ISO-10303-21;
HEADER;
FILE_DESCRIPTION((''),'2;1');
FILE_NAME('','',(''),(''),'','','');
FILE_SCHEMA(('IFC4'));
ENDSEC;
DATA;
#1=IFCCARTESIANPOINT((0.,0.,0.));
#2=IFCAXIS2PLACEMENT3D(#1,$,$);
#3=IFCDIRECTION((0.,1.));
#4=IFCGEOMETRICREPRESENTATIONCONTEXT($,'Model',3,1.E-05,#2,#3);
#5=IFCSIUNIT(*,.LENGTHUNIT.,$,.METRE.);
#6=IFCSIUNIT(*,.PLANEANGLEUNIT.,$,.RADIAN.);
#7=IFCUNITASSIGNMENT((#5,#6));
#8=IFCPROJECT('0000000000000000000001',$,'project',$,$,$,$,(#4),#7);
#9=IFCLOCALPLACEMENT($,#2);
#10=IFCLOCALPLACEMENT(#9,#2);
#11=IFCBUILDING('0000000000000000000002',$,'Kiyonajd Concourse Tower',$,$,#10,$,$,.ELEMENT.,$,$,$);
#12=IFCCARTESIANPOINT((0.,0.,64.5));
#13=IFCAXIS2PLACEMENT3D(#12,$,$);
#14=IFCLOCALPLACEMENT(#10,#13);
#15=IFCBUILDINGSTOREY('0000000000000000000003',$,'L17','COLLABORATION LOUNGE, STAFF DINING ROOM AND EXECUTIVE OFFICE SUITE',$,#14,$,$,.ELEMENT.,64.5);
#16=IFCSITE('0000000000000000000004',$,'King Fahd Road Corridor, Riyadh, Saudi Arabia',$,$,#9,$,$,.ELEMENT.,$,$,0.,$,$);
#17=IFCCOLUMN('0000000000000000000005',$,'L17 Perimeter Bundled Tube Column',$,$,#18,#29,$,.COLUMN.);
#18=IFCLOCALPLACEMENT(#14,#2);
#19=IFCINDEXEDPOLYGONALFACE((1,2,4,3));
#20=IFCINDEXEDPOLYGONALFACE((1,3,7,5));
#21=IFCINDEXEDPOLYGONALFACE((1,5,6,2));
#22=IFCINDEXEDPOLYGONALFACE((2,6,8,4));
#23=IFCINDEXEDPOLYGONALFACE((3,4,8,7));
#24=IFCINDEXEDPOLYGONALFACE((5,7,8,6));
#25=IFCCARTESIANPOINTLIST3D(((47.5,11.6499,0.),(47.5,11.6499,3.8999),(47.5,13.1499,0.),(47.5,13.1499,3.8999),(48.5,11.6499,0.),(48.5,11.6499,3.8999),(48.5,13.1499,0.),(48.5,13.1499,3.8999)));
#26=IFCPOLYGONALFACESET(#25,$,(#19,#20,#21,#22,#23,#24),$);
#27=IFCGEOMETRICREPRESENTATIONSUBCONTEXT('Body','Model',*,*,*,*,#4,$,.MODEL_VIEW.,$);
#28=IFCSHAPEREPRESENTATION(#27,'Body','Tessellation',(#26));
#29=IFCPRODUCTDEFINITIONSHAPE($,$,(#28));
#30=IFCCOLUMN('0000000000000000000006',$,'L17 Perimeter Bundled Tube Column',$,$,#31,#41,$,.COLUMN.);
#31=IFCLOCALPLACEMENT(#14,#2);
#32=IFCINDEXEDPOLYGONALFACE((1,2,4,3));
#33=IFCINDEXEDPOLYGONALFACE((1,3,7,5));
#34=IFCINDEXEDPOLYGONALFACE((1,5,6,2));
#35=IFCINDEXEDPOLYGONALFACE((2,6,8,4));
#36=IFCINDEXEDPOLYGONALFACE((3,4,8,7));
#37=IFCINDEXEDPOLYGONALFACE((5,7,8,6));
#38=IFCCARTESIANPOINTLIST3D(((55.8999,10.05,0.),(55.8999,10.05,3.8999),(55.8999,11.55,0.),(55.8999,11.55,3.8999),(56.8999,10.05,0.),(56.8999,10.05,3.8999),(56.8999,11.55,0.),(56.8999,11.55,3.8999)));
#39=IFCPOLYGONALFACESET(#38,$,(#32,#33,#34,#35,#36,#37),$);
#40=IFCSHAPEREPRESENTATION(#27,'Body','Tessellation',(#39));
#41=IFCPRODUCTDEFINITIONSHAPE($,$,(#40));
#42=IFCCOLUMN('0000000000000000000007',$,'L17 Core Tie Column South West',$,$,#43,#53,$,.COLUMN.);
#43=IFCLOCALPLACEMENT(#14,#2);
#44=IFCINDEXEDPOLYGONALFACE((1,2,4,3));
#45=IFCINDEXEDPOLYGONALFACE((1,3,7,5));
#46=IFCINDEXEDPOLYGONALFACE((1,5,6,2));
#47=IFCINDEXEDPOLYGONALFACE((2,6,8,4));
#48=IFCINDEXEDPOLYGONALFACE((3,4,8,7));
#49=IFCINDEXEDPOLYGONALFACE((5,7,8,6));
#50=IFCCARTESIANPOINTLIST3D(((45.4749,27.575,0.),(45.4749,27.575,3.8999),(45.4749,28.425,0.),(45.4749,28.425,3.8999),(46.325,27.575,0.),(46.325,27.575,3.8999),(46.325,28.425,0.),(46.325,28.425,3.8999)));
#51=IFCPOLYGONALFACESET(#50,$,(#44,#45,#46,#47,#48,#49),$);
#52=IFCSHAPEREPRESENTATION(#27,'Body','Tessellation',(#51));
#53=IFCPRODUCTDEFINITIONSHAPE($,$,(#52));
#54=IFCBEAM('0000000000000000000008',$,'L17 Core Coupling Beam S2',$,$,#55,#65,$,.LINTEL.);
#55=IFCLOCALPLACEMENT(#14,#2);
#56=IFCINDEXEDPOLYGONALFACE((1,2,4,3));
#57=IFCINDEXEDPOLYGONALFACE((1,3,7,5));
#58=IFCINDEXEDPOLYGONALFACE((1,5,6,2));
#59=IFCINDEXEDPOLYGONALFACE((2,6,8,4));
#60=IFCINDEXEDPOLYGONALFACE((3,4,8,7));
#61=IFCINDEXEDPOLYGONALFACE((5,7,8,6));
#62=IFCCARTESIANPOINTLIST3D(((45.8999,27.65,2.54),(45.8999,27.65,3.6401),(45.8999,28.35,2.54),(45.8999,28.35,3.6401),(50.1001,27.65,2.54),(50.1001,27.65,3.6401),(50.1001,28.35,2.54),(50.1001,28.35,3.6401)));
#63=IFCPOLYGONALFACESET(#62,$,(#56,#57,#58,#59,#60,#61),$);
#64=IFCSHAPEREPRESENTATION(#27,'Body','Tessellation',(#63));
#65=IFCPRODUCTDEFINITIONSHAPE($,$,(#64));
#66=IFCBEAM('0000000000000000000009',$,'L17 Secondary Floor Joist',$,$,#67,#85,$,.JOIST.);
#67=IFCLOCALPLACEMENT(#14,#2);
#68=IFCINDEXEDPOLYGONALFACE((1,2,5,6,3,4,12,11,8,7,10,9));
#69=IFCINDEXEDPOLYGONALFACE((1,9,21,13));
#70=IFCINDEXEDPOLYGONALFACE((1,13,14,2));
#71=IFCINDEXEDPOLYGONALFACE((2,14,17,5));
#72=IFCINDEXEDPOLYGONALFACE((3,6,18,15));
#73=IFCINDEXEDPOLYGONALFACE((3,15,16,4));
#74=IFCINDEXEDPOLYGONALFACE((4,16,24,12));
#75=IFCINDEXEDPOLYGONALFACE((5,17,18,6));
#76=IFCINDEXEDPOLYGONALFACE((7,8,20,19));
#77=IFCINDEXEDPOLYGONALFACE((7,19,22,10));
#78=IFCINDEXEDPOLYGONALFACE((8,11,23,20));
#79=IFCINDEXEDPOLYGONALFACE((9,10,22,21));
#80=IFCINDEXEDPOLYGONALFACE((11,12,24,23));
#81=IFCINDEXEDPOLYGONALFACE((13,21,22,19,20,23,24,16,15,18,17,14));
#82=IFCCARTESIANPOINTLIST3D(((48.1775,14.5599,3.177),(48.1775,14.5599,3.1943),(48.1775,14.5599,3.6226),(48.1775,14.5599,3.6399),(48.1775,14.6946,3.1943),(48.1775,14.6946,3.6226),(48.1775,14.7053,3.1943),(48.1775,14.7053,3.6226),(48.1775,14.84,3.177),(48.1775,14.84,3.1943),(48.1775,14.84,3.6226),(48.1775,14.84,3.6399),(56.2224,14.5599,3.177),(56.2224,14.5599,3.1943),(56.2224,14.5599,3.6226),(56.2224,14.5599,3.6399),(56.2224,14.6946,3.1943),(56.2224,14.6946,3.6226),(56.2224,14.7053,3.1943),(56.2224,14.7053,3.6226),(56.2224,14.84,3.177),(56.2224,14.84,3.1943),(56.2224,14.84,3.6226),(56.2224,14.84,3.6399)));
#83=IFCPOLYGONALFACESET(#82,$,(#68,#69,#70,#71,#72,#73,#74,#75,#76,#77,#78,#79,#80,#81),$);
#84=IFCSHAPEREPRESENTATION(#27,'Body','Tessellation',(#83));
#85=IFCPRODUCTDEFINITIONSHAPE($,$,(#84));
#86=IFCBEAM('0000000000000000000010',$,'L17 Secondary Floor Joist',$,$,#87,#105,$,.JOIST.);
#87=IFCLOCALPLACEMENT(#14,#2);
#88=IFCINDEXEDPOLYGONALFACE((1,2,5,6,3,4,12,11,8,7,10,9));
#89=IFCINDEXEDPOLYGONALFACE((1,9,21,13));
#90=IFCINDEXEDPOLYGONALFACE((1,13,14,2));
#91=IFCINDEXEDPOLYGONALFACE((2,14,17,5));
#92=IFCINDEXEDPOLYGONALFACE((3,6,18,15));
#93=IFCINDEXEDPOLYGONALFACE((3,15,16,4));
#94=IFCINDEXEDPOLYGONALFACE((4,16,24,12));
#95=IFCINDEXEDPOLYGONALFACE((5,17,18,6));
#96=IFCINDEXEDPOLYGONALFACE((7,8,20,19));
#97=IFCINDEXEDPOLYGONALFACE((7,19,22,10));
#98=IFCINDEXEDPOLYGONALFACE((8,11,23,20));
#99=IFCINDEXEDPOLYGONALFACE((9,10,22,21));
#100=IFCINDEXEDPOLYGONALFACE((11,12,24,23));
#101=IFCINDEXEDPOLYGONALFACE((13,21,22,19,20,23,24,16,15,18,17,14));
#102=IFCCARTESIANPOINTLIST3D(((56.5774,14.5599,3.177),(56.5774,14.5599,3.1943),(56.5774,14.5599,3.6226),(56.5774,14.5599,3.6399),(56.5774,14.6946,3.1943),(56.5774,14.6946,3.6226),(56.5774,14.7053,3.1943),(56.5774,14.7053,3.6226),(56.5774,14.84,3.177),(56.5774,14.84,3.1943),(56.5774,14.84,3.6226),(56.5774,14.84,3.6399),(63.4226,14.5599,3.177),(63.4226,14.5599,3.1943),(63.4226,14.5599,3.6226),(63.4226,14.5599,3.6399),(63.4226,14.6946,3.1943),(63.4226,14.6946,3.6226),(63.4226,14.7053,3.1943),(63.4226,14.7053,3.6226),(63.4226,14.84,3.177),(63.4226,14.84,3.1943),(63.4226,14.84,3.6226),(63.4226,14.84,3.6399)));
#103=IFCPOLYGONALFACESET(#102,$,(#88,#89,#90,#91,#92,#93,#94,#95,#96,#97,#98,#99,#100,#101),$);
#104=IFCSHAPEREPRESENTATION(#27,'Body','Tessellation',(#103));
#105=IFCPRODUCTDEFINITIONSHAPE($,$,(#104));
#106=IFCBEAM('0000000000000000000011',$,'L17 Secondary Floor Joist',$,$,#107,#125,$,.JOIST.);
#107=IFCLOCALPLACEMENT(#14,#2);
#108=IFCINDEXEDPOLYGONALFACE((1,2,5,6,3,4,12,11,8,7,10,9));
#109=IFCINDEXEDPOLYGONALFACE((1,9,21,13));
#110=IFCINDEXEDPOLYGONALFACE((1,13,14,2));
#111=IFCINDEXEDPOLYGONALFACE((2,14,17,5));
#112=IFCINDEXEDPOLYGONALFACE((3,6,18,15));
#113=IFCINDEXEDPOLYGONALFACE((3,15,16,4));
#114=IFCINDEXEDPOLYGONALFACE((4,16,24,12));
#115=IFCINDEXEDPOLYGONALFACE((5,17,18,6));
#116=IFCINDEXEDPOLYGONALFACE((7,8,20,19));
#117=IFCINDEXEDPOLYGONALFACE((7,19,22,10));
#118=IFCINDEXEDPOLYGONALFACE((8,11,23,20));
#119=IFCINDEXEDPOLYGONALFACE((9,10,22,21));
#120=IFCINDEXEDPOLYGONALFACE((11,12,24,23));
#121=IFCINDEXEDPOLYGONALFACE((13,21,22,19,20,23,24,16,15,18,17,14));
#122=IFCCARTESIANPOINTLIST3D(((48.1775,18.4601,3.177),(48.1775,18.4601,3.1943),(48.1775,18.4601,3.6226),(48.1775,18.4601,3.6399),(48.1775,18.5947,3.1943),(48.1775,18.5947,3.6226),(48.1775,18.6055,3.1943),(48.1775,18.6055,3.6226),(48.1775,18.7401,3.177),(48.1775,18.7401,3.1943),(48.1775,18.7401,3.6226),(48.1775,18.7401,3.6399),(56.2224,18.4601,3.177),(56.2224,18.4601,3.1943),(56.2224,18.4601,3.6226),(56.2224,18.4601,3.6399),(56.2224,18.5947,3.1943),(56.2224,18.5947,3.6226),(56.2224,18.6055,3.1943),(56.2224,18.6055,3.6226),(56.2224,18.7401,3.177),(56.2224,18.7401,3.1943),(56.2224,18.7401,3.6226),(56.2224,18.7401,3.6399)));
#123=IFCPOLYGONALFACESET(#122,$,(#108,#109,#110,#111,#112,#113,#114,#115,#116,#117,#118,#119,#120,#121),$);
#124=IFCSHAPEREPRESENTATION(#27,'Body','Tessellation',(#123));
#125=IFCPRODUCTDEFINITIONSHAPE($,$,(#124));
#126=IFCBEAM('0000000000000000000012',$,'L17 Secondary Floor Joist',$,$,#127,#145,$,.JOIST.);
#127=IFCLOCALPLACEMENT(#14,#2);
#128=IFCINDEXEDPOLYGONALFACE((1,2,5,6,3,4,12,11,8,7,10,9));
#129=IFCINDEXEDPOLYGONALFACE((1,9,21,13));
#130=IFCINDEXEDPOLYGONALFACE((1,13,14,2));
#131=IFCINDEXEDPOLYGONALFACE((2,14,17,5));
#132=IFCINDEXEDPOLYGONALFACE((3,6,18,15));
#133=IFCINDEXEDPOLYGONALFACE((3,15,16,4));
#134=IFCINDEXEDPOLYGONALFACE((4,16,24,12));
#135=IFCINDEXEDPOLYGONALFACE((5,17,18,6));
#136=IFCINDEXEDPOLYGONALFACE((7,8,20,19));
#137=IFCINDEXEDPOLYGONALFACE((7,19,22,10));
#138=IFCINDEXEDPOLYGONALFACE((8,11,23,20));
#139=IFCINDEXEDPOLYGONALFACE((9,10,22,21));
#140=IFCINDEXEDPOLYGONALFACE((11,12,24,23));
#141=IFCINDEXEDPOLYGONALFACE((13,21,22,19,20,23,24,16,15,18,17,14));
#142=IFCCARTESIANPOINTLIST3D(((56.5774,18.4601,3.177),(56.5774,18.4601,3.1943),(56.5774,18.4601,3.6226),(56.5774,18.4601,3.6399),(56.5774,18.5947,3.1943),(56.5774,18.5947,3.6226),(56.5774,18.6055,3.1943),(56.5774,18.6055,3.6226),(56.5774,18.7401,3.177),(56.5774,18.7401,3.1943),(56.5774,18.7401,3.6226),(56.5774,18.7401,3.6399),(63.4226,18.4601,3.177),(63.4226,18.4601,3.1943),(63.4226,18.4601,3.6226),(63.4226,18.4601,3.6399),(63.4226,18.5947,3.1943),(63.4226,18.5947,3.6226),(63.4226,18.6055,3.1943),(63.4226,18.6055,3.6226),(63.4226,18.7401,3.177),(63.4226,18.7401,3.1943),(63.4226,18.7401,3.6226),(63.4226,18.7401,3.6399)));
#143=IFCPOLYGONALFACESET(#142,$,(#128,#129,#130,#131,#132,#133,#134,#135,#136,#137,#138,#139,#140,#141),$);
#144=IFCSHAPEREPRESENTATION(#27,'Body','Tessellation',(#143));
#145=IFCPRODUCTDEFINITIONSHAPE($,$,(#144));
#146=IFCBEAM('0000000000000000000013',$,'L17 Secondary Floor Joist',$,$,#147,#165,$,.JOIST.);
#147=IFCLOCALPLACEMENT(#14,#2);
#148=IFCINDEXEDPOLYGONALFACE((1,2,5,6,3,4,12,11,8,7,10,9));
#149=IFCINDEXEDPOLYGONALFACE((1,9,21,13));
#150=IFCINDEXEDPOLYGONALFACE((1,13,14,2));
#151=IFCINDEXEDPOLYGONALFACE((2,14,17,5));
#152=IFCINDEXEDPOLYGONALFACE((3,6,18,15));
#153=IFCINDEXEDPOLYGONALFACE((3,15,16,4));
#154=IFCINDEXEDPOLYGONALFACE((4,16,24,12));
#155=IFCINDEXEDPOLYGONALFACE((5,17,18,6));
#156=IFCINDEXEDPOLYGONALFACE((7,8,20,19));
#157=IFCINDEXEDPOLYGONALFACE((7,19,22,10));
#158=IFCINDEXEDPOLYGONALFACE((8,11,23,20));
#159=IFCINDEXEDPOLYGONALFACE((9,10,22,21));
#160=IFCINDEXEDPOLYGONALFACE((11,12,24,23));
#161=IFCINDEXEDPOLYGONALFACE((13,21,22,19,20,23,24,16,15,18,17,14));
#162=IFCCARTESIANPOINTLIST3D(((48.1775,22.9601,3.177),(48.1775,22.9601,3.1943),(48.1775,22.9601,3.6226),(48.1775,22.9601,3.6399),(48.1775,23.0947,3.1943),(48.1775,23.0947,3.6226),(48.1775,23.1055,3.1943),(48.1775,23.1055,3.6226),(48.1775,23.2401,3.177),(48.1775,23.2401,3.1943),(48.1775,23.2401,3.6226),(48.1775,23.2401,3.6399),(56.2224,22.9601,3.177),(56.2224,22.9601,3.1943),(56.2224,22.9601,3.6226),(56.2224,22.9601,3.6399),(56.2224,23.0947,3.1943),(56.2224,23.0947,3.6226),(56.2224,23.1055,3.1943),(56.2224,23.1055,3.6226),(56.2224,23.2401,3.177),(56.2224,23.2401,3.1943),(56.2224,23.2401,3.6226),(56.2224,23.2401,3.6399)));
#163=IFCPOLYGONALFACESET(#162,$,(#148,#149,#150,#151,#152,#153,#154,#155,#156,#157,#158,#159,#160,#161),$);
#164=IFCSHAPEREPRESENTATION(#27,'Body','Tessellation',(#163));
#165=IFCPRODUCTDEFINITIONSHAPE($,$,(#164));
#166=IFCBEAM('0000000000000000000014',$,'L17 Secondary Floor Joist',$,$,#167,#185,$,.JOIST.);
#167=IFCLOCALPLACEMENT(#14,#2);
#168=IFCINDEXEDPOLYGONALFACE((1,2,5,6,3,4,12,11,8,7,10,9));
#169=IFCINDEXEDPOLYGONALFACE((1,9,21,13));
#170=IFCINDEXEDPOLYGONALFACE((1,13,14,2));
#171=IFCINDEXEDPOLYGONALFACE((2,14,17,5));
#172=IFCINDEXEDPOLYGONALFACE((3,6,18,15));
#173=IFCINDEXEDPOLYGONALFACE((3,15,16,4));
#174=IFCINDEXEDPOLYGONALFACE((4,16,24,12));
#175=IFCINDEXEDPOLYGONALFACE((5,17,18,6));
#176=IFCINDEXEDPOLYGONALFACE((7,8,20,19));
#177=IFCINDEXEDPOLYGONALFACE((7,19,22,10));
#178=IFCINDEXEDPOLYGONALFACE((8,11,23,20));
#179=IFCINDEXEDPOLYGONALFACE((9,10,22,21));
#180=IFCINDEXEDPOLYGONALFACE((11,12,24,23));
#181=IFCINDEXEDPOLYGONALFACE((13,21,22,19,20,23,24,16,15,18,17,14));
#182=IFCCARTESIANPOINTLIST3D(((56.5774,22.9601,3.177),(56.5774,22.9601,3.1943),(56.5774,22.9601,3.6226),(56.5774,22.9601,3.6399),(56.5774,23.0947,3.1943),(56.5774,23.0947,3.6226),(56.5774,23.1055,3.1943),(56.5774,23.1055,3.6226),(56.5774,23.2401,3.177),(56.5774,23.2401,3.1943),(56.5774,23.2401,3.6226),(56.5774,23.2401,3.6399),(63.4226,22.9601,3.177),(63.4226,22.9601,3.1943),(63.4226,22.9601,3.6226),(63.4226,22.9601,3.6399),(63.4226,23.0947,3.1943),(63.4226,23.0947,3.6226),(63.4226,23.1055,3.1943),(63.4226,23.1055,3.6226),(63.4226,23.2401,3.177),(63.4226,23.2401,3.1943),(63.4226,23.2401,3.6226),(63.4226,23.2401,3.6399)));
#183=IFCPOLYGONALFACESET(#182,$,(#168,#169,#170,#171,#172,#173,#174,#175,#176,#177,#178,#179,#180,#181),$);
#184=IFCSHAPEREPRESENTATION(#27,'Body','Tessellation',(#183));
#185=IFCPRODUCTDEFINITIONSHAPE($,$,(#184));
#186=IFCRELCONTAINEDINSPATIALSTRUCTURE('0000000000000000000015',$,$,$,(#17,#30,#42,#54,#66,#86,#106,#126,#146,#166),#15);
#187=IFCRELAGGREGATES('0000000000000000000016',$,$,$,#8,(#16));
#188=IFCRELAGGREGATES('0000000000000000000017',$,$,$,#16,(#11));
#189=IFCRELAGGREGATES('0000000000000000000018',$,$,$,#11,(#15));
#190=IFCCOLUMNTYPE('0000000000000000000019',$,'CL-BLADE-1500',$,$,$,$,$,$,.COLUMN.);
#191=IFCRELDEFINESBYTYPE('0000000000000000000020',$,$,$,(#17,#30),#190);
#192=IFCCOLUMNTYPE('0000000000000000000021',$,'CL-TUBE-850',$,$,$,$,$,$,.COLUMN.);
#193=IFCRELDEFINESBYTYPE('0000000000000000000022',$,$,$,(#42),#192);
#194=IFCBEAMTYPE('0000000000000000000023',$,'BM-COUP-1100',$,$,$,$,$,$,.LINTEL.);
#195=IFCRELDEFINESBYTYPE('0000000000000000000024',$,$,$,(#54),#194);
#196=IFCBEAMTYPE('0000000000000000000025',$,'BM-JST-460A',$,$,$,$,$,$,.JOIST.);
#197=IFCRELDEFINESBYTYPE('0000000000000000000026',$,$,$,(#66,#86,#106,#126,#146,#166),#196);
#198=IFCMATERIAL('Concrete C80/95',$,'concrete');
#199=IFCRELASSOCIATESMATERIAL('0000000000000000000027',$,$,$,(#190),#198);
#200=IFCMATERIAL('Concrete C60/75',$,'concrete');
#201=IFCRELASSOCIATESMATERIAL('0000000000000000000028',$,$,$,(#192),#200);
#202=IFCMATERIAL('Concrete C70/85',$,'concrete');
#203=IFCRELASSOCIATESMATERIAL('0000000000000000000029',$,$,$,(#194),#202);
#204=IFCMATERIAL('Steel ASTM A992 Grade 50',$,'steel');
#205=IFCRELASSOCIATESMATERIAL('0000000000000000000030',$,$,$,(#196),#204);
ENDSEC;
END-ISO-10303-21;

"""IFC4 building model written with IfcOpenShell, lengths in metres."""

from ifc_helpers import new_model, si_unit, direction, frame, origin, origin_2d, place, context, subcontext, project, spatial, rectangle, i_section, extrude, material, material_profile, profile_set, type_object, element, save


model = new_model("IFC4")

# Units and contexts
model_context = context("Model", 3, precision=1e-05, world=origin(), true_north=direction((0.0, 1.0)))
body_context = subcontext(model_context, "Body", "Model", "MODEL_VIEW")
ifc_project = project(units=[si_unit("LENGTHUNIT", "METRE"), si_unit("PLANEANGLEUNIT", "RADIAN")], contexts=[model_context])

# Site, building, storey
site_placement = place(None, origin())
site = spatial("IfcSite", under=ifc_project, at=site_placement, Name="King Fahd Road Corridor, Riyadh, Saudi Arabia", CompositionType="ELEMENT", RefElevation=0.0)
building_placement = place(site_placement, origin())
building = spatial("IfcBuilding", under=site, at=building_placement, Name="Kiyonajd Concourse Tower", CompositionType="ELEMENT")
storey_placement = place(building_placement, frame((0.0, 0.0, 64.5)))
storey = spatial("IfcBuildingStorey", under=building, at=storey_placement, Name="L17", Description="COLLABORATION LOUNGE, STAFF DINING ROOM AND EXECUTIVE OFFICE SUITE", CompositionType="ELEMENT", Elevation=64.5)

# Columns
ifc_material_1 = material(Name="Concrete C80/95", Category="concrete")
ifc_material_profile_1 = material_profile(ifc_material_1, rectangle(XDim=1.0, YDim=1.5, at=origin_2d()), Name="RC-1500x1000")
ifc_profile_set_1 = profile_set([ifc_material_profile_1], Name="Concrete C80/95")
column_type_1 = type_object("IfcColumnType", Name="CL-BLADE-1500", PredefinedType="COLUMN", material=ifc_profile_set_1)
for number, where, z_axis, x_axis, name in (
    (1, (48.0, 12.3999, 0.0), (0.0, 0.0, 1.0), (1.0, 0.0, 0.0), "L17 Perimeter Bundled Tube Column"),
    (2, (56.3999, 10.8, 0.0), (0.0, 0.0, 1.0), (1.0, 0.0, 0.0), "L17 Perimeter Bundled Tube Column"),
):
    element("IfcColumn", number, at=place(storey_placement, frame(where, z_axis=z_axis, x_axis=x_axis)), inside=storey, type_object=column_type_1, Name=name, PredefinedType="COLUMN", context=body_context, shape_type="SweptSolid", body=[
        extrude(rectangle(XDim=1.0, YDim=1.5, at=origin_2d()), origin(), (0.0, 0.0, 1.0), 3.8999),
    ])
ifc_material_2 = material(Name="Concrete C60/75", Category="concrete")
ifc_material_profile_2 = material_profile(ifc_material_2, rectangle(XDim=0.8501, YDim=0.8501, at=origin_2d()), Name="RC-850x850")
ifc_profile_set_2 = profile_set([ifc_material_profile_2], Name="Concrete C60/75")
column_type_2 = type_object("IfcColumnType", Name="CL-TUBE-850", PredefinedType="COLUMN", material=ifc_profile_set_2)
column_placement = place(storey_placement, frame((45.8999, 28.0, 0.0), z_axis=(0.0, 0.0, 1.0), x_axis=(1.0, 0.0, 0.0)))
element("IfcColumn", 3, at=column_placement, inside=storey, type_object=column_type_2, Name="L17 Core Tie Column South West", PredefinedType="COLUMN", context=body_context, shape_type="SweptSolid", body=[
    extrude(rectangle(XDim=0.8501, YDim=0.8501, at=origin_2d()), origin(), (0.0, 0.0, 1.0), 3.8999),
])

# Beams
ifc_material_3 = material(Name="Concrete C70/85", Category="concrete")
ifc_material_profile_3 = material_profile(ifc_material_3, rectangle(XDim=0.7, YDim=1.1001, at=origin_2d()), Name="RCBM-700x1100")
ifc_profile_set_3 = profile_set([ifc_material_profile_3], Name="Concrete C70/85")
beam_type_1 = type_object("IfcBeamType", Name="BM-COUP-1100", PredefinedType="LINTEL", material=ifc_profile_set_3)
beam_1_placement = place(storey_placement, frame((45.8999, 28.0, 3.0901), z_axis=(1.0, 0.0, 0.0), x_axis=(0.0, 1.0, 0.0)))
element("IfcBeam", 4, at=beam_1_placement, inside=storey, type_object=beam_type_1, Name="L17 Core Coupling Beam S2", PredefinedType="LINTEL", context=body_context, shape_type="SweptSolid", body=[
    extrude(rectangle(XDim=0.7, YDim=1.1001, at=origin_2d()), origin(), (0.0, 0.0, 1.0), 4.2002),
])
ifc_material_4 = material(Name="Steel ASTM A992 Grade 50", Category="steel")
ifc_material_profile_4 = material_profile(ifc_material_4, i_section(OverallWidth=0.28, OverallDepth=0.4629, WebThickness=0.0107, FlangeThickness=0.0173, at=origin_2d()), Name="W460X113")
ifc_profile_set_4 = profile_set([ifc_material_profile_4], Name="Steel ASTM A992 Grade 50")
beam_type_2 = type_object("IfcBeamType", Name="BM-JST-460A", PredefinedType="JOIST", material=ifc_profile_set_4)
beam_2_placement = place(storey_placement, frame((48.1775, 14.7, 3.4084), z_axis=(1.0, 0.0, 0.0), x_axis=(0.0, 1.0, 0.0)))
element("IfcBeam", 5, at=beam_2_placement, inside=storey, type_object=beam_type_2, Name="L17 Secondary Floor Joist", PredefinedType="JOIST", context=body_context, shape_type="SweptSolid", body=[
    extrude(i_section(OverallWidth=0.28, OverallDepth=0.4629, WebThickness=0.0107, FlangeThickness=0.0173, at=origin_2d()), origin(), (0.0, 0.0, 1.0), 8.0449),
])
beam_3_placement = place(storey_placement, frame((56.5774, 14.7, 3.4084), z_axis=(1.0, 0.0, 0.0), x_axis=(0.0, 1.0, 0.0)))
element("IfcBeam", 6, at=beam_3_placement, inside=storey, type_object=beam_type_2, Name="L17 Secondary Floor Joist", PredefinedType="JOIST", context=body_context, shape_type="SweptSolid", body=[
    extrude(i_section(OverallWidth=0.28, OverallDepth=0.4629, WebThickness=0.0107, FlangeThickness=0.0173, at=origin_2d()), origin(), (0.0, 0.0, 1.0), 6.8452),
])
beam_4_placement = place(storey_placement, frame((48.1775, 18.6001, 3.4084), z_axis=(1.0, 0.0, 0.0), x_axis=(0.0, 1.0, 0.0)))
element("IfcBeam", 7, at=beam_4_placement, inside=storey, type_object=beam_type_2, Name="L17 Secondary Floor Joist", PredefinedType="JOIST", context=body_context, shape_type="SweptSolid", body=[
    extrude(i_section(OverallWidth=0.28, OverallDepth=0.4629, WebThickness=0.0107, FlangeThickness=0.0173, at=origin_2d()), origin(), (0.0, 0.0, 1.0), 8.0449),
])
beam_5_placement = place(storey_placement, frame((56.5774, 18.6001, 3.4084), z_axis=(1.0, 0.0, 0.0), x_axis=(0.0, 1.0, 0.0)))
element("IfcBeam", 8, at=beam_5_placement, inside=storey, type_object=beam_type_2, Name="L17 Secondary Floor Joist", PredefinedType="JOIST", context=body_context, shape_type="SweptSolid", body=[
    extrude(i_section(OverallWidth=0.28, OverallDepth=0.4629, WebThickness=0.0107, FlangeThickness=0.0173, at=origin_2d()), origin(), (0.0, 0.0, 1.0), 6.8452),
])
beam_6_placement = place(storey_placement, frame((48.1775, 23.1001, 3.4084), z_axis=(1.0, 0.0, 0.0), x_axis=(0.0, 1.0, 0.0)))
element("IfcBeam", 9, at=beam_6_placement, inside=storey, type_object=beam_type_2, Name="L17 Secondary Floor Joist", PredefinedType="JOIST", context=body_context, shape_type="SweptSolid", body=[
    extrude(i_section(OverallWidth=0.28, OverallDepth=0.4629, WebThickness=0.0107, FlangeThickness=0.0173, at=origin_2d()), origin(), (0.0, 0.0, 1.0), 8.0449),
])
beam_7_placement = place(storey_placement, frame((56.5774, 23.1001, 3.4084), z_axis=(1.0, 0.0, 0.0), x_axis=(0.0, 1.0, 0.0)))
element("IfcBeam", 10, at=beam_7_placement, inside=storey, type_object=beam_type_2, Name="L17 Secondary Floor Joist", PredefinedType="JOIST", context=body_context, shape_type="SweptSolid", body=[
    extrude(i_section(OverallWidth=0.28, OverallDepth=0.4629, WebThickness=0.0107, FlangeThickness=0.0173, at=origin_2d()), origin(), (0.0, 0.0, 1.0), 6.8452),
])

save(model, "model.ifc")
